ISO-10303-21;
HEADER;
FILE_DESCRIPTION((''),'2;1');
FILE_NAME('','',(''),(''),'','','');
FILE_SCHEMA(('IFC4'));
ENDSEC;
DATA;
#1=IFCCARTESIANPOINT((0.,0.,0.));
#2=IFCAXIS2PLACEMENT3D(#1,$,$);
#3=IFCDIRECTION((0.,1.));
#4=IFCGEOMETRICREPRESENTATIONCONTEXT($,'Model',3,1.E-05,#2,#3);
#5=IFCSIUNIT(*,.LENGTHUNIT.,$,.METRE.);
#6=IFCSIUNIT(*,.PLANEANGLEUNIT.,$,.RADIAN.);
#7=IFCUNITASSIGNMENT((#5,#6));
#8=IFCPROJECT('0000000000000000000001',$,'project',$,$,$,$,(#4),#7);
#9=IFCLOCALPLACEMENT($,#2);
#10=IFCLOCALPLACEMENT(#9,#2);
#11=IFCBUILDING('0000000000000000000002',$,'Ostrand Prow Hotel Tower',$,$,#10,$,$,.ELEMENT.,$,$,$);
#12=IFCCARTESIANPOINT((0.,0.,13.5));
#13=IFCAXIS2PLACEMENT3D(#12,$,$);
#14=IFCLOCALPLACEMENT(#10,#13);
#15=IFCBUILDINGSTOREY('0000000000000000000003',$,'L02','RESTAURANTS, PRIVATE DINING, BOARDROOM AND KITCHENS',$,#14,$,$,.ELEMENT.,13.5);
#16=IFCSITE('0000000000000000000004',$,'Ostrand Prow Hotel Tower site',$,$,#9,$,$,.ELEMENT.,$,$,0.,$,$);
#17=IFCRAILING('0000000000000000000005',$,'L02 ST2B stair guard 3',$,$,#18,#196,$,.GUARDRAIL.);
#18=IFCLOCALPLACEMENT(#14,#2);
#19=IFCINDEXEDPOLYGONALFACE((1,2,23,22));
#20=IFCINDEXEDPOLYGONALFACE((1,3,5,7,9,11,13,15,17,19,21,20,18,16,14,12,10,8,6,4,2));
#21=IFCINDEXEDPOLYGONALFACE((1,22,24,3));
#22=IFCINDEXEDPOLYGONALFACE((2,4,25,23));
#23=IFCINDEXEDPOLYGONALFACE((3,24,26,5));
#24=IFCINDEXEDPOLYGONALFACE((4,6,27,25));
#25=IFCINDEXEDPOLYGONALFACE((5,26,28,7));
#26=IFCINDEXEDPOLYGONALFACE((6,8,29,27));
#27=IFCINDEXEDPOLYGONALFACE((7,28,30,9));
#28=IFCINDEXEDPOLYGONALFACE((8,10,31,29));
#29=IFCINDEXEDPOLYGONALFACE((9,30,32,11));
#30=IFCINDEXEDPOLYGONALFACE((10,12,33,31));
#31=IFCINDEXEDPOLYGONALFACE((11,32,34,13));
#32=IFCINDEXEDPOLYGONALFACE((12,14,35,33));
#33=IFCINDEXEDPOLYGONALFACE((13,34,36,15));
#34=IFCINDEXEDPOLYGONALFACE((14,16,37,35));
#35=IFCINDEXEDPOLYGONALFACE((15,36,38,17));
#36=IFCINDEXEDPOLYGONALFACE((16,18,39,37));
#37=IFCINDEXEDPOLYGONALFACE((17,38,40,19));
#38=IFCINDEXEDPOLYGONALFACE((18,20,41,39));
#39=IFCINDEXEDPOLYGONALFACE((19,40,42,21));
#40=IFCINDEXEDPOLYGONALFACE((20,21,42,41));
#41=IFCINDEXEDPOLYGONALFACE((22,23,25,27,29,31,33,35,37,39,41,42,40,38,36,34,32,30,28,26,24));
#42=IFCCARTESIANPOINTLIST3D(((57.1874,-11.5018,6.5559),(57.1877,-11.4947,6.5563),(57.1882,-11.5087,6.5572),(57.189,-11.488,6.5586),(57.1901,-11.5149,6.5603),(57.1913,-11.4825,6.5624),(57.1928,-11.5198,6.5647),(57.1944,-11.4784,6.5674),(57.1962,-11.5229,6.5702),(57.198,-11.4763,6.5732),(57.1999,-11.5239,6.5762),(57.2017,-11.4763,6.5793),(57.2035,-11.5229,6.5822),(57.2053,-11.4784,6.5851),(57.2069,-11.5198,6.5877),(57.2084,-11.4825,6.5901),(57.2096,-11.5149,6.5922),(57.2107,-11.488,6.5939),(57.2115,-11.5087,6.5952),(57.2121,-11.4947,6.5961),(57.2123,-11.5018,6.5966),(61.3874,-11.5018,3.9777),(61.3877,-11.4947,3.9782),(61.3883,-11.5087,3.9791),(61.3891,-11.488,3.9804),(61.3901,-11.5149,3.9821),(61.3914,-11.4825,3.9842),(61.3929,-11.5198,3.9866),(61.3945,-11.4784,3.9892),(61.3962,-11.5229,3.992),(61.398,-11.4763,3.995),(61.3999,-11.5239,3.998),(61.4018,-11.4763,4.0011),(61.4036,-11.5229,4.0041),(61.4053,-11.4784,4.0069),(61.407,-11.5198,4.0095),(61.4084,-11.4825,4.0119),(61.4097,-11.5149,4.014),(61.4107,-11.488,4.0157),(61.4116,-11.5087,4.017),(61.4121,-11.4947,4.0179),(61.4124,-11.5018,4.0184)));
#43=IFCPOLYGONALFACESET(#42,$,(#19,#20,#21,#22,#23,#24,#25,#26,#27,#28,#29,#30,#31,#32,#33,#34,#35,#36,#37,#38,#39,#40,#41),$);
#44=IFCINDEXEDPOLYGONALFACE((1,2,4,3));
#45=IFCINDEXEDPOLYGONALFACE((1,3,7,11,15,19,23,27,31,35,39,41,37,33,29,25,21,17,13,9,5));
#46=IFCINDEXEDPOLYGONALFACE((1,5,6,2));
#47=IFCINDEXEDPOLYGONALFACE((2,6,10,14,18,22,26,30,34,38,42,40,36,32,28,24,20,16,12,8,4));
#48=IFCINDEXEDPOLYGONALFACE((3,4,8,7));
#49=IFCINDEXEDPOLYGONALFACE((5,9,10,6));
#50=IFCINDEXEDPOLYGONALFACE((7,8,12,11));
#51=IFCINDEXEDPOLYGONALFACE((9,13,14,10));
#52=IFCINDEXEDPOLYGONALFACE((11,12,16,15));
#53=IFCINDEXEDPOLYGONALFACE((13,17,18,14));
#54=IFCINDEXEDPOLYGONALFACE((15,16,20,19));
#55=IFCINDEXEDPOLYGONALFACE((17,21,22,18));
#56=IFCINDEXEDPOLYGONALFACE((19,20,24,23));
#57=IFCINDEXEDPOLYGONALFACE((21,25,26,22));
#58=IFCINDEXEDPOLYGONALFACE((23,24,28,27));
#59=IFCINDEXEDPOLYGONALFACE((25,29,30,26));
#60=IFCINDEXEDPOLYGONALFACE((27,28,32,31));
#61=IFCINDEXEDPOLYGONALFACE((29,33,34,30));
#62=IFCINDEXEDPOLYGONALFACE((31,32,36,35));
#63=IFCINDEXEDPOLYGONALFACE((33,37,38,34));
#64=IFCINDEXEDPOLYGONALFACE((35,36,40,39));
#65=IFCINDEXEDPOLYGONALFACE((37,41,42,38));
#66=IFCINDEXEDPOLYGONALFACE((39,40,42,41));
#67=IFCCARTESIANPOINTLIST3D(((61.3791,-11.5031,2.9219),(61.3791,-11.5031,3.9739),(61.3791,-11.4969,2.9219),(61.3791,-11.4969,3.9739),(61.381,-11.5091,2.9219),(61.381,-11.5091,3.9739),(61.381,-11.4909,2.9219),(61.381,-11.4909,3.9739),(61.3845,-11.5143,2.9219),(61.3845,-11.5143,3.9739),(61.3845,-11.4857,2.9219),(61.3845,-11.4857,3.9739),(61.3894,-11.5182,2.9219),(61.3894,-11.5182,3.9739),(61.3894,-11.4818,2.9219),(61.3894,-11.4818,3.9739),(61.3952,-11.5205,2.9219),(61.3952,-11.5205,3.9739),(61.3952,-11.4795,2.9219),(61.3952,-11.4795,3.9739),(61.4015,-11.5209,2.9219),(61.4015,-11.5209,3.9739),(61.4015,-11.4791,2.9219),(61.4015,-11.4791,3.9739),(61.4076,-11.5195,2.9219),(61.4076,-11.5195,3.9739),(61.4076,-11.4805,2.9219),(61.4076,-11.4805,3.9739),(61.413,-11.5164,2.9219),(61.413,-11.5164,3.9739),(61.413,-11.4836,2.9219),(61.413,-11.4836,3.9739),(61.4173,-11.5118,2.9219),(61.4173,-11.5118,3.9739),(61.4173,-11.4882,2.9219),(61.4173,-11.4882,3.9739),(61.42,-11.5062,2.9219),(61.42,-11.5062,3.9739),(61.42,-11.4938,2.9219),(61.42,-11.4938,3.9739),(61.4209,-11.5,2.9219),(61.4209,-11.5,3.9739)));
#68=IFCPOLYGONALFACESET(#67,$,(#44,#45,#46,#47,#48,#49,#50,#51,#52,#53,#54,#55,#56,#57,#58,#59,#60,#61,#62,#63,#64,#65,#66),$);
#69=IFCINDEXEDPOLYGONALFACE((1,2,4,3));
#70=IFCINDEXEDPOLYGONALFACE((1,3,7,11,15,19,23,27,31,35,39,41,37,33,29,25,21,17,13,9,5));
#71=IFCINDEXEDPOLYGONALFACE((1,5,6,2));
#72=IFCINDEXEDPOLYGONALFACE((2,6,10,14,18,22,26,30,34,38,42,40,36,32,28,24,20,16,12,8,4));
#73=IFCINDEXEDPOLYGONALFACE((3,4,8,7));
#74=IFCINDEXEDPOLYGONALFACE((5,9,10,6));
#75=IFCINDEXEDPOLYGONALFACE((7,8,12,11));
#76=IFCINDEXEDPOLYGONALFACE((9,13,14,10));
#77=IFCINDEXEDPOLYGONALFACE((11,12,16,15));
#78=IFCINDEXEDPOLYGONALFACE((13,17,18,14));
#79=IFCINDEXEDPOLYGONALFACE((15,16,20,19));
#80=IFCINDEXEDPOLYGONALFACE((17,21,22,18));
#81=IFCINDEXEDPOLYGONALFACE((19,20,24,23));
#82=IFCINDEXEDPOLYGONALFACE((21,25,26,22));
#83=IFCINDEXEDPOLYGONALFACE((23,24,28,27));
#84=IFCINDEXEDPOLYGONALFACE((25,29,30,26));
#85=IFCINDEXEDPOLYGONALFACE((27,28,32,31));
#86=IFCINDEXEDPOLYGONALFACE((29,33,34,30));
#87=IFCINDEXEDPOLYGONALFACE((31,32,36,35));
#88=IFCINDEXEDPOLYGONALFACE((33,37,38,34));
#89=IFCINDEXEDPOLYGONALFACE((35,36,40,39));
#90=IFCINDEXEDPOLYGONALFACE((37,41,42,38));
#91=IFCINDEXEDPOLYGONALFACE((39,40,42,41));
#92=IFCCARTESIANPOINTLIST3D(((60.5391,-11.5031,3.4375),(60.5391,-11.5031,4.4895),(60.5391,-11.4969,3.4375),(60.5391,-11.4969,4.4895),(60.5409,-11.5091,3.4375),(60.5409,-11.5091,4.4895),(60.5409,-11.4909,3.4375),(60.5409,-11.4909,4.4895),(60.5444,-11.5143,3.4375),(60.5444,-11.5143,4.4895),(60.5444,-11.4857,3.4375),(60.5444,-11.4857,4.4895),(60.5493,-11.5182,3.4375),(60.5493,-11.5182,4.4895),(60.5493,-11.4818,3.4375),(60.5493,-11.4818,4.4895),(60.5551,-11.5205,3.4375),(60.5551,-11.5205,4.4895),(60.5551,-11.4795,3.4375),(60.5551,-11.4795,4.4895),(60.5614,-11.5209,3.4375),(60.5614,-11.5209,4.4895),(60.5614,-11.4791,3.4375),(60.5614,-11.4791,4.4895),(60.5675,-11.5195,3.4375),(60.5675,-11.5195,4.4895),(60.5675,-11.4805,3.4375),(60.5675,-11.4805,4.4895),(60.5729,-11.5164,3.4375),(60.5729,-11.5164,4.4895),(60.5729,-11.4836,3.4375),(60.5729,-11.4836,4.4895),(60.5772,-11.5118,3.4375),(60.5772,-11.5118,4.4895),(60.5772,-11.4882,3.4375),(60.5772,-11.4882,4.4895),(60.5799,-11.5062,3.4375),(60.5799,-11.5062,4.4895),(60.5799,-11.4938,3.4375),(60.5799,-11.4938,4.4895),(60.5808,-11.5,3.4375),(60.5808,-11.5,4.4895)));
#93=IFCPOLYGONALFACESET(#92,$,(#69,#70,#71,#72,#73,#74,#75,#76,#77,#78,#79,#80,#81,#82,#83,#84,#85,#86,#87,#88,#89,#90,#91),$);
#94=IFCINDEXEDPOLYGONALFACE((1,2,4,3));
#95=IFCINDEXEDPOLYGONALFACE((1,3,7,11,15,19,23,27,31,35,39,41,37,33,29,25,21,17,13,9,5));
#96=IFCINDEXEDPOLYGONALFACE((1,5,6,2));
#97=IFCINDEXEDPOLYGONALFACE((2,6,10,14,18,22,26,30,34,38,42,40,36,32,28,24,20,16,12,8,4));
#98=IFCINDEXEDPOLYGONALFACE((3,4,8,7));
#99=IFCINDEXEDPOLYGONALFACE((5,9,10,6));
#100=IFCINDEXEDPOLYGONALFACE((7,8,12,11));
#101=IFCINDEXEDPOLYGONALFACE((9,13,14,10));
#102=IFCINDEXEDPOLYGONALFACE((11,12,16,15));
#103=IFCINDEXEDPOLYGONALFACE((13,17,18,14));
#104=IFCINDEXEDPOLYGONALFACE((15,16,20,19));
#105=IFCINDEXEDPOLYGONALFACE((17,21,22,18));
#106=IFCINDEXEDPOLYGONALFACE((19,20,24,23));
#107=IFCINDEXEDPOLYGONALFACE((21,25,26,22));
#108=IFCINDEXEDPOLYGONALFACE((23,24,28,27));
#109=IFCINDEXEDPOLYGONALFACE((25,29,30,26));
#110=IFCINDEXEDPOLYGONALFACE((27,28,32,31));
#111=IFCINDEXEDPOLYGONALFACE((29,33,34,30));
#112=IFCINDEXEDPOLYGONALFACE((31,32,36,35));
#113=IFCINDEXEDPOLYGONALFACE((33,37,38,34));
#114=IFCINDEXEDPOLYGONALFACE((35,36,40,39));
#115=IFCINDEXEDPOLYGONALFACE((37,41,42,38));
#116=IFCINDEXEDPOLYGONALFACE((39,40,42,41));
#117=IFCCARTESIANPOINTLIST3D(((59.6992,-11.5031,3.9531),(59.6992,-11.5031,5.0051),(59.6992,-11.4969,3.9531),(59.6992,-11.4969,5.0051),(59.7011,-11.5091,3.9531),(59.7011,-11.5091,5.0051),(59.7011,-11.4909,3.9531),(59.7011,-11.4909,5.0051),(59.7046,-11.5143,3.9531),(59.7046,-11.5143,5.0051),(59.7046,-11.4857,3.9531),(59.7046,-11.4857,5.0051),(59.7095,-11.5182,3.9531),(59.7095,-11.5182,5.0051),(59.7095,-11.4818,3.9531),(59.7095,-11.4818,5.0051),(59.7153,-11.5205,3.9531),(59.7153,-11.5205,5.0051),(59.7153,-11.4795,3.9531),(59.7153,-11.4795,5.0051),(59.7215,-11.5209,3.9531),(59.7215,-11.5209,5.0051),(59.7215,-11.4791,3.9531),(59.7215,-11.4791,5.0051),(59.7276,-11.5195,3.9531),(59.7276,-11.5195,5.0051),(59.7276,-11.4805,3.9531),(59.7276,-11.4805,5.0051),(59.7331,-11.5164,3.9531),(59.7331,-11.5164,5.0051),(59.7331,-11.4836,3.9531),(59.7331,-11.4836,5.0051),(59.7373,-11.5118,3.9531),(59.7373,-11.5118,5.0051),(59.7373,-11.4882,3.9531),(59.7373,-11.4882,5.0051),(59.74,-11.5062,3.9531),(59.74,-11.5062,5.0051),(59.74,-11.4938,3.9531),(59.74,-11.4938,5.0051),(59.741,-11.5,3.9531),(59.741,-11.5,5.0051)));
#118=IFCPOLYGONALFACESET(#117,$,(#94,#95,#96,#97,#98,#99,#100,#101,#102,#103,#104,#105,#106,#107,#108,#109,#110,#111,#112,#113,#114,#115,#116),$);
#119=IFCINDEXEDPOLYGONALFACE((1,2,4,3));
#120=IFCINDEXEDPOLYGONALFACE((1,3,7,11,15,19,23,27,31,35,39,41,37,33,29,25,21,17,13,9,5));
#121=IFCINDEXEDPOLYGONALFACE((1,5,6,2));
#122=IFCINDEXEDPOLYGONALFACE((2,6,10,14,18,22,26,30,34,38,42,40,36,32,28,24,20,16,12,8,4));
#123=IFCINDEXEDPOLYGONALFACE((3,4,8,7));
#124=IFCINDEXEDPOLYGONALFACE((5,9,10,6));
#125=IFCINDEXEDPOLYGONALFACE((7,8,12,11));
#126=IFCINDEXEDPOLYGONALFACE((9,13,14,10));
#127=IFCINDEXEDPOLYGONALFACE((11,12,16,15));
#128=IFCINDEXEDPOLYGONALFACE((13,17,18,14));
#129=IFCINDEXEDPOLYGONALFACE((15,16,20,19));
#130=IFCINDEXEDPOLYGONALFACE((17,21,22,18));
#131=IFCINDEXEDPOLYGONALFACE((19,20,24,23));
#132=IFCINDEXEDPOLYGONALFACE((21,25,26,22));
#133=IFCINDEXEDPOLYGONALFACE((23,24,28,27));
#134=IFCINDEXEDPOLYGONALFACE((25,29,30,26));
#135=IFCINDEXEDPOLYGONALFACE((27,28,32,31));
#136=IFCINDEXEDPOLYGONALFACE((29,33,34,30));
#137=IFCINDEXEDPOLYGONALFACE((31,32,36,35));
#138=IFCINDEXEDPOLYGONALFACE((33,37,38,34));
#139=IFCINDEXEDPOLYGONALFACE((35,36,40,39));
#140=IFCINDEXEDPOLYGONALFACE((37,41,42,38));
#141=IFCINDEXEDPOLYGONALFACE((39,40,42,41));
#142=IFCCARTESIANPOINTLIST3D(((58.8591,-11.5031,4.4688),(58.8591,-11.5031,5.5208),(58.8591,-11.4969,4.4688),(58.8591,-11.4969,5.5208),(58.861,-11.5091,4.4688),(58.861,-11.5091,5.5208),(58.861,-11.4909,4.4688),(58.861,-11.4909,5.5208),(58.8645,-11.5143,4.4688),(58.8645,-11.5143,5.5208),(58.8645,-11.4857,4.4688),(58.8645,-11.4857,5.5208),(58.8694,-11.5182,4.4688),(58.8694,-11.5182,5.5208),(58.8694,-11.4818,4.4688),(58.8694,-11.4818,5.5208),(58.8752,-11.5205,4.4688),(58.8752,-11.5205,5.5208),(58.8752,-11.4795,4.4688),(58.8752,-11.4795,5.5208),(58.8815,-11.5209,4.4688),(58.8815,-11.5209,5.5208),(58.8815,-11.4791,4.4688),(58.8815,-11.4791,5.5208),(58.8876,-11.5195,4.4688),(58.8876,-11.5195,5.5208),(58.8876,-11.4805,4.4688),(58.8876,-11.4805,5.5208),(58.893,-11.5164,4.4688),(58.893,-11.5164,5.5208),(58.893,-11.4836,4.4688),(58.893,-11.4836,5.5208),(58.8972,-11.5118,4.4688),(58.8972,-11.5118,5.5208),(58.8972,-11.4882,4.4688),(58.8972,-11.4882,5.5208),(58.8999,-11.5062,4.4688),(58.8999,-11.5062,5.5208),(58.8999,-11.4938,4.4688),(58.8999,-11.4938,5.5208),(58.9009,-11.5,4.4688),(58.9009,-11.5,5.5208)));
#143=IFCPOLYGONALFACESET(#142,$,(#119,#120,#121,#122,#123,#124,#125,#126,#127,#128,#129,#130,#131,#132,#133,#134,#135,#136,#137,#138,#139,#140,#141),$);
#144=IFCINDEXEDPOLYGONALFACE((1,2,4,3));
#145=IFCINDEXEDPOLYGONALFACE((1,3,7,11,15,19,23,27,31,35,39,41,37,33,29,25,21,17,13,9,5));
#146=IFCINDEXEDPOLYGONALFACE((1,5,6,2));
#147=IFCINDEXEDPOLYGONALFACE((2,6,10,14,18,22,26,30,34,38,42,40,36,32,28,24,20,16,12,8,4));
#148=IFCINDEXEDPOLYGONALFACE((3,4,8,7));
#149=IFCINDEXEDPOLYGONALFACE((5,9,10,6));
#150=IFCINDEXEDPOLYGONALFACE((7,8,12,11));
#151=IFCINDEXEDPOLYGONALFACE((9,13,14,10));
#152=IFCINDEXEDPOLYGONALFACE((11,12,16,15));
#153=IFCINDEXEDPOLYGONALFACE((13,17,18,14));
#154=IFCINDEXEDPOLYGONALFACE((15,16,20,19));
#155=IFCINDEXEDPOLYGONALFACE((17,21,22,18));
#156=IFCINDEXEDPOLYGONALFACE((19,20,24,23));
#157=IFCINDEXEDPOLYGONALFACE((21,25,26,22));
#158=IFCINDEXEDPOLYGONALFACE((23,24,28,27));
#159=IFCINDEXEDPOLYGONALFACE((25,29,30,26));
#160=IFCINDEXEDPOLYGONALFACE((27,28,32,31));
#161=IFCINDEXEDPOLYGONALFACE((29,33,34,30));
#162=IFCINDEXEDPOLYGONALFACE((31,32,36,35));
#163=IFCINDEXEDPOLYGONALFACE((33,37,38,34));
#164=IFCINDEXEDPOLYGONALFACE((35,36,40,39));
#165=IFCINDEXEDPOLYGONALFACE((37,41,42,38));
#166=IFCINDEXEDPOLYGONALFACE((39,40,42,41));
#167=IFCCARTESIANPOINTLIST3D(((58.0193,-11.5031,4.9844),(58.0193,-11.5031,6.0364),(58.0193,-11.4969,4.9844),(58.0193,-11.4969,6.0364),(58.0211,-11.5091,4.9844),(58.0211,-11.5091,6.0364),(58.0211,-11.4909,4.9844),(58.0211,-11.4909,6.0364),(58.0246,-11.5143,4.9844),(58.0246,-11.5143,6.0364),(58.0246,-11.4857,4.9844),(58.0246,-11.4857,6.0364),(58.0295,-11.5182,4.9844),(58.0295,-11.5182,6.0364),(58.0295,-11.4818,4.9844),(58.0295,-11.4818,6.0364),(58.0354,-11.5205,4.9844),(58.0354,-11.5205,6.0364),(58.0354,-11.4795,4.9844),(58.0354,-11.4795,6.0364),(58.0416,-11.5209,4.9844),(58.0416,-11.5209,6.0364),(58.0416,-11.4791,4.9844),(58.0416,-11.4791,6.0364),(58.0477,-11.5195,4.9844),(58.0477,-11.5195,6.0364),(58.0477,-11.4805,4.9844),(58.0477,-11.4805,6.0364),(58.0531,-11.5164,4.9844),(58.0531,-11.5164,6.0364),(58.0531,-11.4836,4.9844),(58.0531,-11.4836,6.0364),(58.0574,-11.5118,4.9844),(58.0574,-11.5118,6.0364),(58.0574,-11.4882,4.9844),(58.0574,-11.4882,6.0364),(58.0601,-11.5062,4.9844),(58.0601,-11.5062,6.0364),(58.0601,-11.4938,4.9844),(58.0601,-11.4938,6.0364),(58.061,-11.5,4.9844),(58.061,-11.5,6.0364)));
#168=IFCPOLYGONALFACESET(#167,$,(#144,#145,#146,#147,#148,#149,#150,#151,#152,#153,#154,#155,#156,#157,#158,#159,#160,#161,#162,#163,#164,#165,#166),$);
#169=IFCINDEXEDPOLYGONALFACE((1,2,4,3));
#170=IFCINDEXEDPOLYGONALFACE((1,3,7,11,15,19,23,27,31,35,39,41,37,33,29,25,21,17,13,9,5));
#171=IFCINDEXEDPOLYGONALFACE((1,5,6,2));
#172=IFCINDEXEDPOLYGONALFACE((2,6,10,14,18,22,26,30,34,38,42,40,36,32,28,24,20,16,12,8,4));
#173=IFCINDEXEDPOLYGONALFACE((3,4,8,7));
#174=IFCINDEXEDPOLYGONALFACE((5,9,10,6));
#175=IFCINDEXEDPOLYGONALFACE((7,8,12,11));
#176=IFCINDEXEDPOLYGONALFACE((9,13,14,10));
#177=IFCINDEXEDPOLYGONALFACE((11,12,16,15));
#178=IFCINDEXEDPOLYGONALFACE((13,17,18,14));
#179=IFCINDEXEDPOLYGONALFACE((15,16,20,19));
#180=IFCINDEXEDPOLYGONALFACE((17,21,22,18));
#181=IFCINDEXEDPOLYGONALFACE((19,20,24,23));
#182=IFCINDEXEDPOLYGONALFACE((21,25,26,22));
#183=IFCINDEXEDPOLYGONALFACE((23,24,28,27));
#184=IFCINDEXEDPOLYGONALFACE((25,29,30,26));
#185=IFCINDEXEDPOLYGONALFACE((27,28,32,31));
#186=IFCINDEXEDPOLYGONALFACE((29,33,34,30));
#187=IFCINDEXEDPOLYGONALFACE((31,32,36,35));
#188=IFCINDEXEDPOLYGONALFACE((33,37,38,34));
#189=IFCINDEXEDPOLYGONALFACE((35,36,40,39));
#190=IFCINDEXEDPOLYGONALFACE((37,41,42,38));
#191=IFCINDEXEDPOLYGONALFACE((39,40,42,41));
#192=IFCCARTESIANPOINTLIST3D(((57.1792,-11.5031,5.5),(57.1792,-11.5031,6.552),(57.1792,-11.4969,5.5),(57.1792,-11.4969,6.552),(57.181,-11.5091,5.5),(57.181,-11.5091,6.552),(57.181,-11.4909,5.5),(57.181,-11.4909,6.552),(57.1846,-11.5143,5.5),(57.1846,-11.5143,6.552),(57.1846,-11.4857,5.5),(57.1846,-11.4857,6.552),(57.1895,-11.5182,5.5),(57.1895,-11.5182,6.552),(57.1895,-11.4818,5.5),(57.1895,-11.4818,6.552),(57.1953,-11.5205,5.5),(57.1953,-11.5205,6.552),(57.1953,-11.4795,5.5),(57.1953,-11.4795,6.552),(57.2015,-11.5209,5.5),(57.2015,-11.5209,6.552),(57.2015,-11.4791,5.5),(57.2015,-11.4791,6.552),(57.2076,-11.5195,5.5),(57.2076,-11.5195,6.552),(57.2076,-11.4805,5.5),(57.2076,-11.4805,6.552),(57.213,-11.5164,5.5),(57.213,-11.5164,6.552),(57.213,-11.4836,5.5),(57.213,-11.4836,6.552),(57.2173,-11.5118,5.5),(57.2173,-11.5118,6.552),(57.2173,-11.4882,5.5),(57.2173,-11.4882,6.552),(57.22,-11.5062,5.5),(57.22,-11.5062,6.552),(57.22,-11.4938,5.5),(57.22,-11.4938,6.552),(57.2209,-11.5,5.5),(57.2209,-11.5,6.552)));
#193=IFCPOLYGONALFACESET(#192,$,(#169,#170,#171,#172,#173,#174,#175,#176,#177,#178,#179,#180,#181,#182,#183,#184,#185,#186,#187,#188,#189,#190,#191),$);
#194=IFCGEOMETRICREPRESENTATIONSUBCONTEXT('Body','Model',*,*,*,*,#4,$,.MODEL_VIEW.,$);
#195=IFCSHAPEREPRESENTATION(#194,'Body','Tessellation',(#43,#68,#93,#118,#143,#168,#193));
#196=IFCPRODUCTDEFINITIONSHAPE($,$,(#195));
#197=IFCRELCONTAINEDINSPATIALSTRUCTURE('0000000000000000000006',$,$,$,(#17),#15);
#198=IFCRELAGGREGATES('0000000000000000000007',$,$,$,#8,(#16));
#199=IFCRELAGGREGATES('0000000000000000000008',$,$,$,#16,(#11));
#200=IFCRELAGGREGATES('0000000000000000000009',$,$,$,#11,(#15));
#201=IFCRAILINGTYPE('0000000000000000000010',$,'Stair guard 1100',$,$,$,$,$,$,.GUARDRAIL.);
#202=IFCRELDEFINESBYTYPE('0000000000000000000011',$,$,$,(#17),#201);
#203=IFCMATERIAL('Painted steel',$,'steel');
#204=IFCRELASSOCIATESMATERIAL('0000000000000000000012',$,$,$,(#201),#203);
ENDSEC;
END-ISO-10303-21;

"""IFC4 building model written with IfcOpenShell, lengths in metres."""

from ifc_helpers import new_model, si_unit, direction, frame, origin, origin_2d, place, context, subcontext, project, spatial, circle, extrude, material, type_object, element, save


model = new_model("IFC4")

# Units and contexts
model_context = context("Model", 3, precision=1e-05, world=origin(), true_north=direction((0.0, 1.0)))
body_context = subcontext(model_context, "Body", "Model", "MODEL_VIEW")
ifc_project = project(units=[si_unit("LENGTHUNIT", "METRE"), si_unit("PLANEANGLEUNIT", "RADIAN")], contexts=[model_context])

# Site, building, storey
site_placement = place(None, origin())
site = spatial("IfcSite", under=ifc_project, at=site_placement, Name="Ostrand Prow Hotel Tower site", CompositionType="ELEMENT", RefElevation=0.0)
building_placement = place(site_placement, origin())
building = spatial("IfcBuilding", under=site, at=building_placement, Name="Ostrand Prow Hotel Tower", CompositionType="ELEMENT")
storey_placement = place(building_placement, frame((0.0, 0.0, 13.5)))
storey = spatial("IfcBuildingStorey", under=building, at=storey_placement, Name="L02", Description="RESTAURANTS, PRIVATE DINING, BOARDROOM AND KITCHENS", CompositionType="ELEMENT", Elevation=13.5)

# Railing
ifc_material_1 = material(Name="Painted steel", Category="steel")
railing_type_1 = type_object("IfcRailingType", Name="Stair guard 1100", PredefinedType="GUARDRAIL", material=ifc_material_1)
railing_1_placement = place(storey_placement, frame((61.3999, -11.5, 2.9219)))
element("IfcRailing", 1, at=railing_1_placement, inside=storey, type_object=railing_type_1, Name="L02 ST2B stair guard 3", PredefinedType="GUARDRAIL", context=body_context, shape_type="SweptSolid", body=[
    extrude(circle(Radius=0.0239, at=origin_2d()), frame((0.0, 0.0, 1.0762), z_axis=(-0.852243, 0.0, 0.523146), x_axis=(0.0, -1.0, 0.0)), (0.0, 0.0, 1.0), 4.9282),
    extrude(circle(Radius=0.021, at=origin_2d()), origin(), (0.0, 0.0, 1.0), 1.052),
    extrude(circle(Radius=0.021, at=origin_2d()), frame((-0.8401, 0.0, 0.5156)), (0.0, 0.0, 1.0), 1.052),
    extrude(circle(Radius=0.021, at=origin_2d()), frame((-1.6799, 0.0, 1.0312)), (0.0, 0.0, 1.0), 1.052),
    extrude(circle(Radius=0.021, at=origin_2d()), frame((-2.52, 0.0, 1.5469)), (0.0, 0.0, 1.0), 1.052),
    extrude(circle(Radius=0.021, at=origin_2d()), frame((-3.3599, 0.0, 2.0625)), (0.0, 0.0, 1.0), 1.052),
    extrude(circle(Radius=0.021, at=origin_2d()), frame((-4.2, 0.0, 2.5781)), (0.0, 0.0, 1.0), 1.052),
])

save(model, "model.ifc")
